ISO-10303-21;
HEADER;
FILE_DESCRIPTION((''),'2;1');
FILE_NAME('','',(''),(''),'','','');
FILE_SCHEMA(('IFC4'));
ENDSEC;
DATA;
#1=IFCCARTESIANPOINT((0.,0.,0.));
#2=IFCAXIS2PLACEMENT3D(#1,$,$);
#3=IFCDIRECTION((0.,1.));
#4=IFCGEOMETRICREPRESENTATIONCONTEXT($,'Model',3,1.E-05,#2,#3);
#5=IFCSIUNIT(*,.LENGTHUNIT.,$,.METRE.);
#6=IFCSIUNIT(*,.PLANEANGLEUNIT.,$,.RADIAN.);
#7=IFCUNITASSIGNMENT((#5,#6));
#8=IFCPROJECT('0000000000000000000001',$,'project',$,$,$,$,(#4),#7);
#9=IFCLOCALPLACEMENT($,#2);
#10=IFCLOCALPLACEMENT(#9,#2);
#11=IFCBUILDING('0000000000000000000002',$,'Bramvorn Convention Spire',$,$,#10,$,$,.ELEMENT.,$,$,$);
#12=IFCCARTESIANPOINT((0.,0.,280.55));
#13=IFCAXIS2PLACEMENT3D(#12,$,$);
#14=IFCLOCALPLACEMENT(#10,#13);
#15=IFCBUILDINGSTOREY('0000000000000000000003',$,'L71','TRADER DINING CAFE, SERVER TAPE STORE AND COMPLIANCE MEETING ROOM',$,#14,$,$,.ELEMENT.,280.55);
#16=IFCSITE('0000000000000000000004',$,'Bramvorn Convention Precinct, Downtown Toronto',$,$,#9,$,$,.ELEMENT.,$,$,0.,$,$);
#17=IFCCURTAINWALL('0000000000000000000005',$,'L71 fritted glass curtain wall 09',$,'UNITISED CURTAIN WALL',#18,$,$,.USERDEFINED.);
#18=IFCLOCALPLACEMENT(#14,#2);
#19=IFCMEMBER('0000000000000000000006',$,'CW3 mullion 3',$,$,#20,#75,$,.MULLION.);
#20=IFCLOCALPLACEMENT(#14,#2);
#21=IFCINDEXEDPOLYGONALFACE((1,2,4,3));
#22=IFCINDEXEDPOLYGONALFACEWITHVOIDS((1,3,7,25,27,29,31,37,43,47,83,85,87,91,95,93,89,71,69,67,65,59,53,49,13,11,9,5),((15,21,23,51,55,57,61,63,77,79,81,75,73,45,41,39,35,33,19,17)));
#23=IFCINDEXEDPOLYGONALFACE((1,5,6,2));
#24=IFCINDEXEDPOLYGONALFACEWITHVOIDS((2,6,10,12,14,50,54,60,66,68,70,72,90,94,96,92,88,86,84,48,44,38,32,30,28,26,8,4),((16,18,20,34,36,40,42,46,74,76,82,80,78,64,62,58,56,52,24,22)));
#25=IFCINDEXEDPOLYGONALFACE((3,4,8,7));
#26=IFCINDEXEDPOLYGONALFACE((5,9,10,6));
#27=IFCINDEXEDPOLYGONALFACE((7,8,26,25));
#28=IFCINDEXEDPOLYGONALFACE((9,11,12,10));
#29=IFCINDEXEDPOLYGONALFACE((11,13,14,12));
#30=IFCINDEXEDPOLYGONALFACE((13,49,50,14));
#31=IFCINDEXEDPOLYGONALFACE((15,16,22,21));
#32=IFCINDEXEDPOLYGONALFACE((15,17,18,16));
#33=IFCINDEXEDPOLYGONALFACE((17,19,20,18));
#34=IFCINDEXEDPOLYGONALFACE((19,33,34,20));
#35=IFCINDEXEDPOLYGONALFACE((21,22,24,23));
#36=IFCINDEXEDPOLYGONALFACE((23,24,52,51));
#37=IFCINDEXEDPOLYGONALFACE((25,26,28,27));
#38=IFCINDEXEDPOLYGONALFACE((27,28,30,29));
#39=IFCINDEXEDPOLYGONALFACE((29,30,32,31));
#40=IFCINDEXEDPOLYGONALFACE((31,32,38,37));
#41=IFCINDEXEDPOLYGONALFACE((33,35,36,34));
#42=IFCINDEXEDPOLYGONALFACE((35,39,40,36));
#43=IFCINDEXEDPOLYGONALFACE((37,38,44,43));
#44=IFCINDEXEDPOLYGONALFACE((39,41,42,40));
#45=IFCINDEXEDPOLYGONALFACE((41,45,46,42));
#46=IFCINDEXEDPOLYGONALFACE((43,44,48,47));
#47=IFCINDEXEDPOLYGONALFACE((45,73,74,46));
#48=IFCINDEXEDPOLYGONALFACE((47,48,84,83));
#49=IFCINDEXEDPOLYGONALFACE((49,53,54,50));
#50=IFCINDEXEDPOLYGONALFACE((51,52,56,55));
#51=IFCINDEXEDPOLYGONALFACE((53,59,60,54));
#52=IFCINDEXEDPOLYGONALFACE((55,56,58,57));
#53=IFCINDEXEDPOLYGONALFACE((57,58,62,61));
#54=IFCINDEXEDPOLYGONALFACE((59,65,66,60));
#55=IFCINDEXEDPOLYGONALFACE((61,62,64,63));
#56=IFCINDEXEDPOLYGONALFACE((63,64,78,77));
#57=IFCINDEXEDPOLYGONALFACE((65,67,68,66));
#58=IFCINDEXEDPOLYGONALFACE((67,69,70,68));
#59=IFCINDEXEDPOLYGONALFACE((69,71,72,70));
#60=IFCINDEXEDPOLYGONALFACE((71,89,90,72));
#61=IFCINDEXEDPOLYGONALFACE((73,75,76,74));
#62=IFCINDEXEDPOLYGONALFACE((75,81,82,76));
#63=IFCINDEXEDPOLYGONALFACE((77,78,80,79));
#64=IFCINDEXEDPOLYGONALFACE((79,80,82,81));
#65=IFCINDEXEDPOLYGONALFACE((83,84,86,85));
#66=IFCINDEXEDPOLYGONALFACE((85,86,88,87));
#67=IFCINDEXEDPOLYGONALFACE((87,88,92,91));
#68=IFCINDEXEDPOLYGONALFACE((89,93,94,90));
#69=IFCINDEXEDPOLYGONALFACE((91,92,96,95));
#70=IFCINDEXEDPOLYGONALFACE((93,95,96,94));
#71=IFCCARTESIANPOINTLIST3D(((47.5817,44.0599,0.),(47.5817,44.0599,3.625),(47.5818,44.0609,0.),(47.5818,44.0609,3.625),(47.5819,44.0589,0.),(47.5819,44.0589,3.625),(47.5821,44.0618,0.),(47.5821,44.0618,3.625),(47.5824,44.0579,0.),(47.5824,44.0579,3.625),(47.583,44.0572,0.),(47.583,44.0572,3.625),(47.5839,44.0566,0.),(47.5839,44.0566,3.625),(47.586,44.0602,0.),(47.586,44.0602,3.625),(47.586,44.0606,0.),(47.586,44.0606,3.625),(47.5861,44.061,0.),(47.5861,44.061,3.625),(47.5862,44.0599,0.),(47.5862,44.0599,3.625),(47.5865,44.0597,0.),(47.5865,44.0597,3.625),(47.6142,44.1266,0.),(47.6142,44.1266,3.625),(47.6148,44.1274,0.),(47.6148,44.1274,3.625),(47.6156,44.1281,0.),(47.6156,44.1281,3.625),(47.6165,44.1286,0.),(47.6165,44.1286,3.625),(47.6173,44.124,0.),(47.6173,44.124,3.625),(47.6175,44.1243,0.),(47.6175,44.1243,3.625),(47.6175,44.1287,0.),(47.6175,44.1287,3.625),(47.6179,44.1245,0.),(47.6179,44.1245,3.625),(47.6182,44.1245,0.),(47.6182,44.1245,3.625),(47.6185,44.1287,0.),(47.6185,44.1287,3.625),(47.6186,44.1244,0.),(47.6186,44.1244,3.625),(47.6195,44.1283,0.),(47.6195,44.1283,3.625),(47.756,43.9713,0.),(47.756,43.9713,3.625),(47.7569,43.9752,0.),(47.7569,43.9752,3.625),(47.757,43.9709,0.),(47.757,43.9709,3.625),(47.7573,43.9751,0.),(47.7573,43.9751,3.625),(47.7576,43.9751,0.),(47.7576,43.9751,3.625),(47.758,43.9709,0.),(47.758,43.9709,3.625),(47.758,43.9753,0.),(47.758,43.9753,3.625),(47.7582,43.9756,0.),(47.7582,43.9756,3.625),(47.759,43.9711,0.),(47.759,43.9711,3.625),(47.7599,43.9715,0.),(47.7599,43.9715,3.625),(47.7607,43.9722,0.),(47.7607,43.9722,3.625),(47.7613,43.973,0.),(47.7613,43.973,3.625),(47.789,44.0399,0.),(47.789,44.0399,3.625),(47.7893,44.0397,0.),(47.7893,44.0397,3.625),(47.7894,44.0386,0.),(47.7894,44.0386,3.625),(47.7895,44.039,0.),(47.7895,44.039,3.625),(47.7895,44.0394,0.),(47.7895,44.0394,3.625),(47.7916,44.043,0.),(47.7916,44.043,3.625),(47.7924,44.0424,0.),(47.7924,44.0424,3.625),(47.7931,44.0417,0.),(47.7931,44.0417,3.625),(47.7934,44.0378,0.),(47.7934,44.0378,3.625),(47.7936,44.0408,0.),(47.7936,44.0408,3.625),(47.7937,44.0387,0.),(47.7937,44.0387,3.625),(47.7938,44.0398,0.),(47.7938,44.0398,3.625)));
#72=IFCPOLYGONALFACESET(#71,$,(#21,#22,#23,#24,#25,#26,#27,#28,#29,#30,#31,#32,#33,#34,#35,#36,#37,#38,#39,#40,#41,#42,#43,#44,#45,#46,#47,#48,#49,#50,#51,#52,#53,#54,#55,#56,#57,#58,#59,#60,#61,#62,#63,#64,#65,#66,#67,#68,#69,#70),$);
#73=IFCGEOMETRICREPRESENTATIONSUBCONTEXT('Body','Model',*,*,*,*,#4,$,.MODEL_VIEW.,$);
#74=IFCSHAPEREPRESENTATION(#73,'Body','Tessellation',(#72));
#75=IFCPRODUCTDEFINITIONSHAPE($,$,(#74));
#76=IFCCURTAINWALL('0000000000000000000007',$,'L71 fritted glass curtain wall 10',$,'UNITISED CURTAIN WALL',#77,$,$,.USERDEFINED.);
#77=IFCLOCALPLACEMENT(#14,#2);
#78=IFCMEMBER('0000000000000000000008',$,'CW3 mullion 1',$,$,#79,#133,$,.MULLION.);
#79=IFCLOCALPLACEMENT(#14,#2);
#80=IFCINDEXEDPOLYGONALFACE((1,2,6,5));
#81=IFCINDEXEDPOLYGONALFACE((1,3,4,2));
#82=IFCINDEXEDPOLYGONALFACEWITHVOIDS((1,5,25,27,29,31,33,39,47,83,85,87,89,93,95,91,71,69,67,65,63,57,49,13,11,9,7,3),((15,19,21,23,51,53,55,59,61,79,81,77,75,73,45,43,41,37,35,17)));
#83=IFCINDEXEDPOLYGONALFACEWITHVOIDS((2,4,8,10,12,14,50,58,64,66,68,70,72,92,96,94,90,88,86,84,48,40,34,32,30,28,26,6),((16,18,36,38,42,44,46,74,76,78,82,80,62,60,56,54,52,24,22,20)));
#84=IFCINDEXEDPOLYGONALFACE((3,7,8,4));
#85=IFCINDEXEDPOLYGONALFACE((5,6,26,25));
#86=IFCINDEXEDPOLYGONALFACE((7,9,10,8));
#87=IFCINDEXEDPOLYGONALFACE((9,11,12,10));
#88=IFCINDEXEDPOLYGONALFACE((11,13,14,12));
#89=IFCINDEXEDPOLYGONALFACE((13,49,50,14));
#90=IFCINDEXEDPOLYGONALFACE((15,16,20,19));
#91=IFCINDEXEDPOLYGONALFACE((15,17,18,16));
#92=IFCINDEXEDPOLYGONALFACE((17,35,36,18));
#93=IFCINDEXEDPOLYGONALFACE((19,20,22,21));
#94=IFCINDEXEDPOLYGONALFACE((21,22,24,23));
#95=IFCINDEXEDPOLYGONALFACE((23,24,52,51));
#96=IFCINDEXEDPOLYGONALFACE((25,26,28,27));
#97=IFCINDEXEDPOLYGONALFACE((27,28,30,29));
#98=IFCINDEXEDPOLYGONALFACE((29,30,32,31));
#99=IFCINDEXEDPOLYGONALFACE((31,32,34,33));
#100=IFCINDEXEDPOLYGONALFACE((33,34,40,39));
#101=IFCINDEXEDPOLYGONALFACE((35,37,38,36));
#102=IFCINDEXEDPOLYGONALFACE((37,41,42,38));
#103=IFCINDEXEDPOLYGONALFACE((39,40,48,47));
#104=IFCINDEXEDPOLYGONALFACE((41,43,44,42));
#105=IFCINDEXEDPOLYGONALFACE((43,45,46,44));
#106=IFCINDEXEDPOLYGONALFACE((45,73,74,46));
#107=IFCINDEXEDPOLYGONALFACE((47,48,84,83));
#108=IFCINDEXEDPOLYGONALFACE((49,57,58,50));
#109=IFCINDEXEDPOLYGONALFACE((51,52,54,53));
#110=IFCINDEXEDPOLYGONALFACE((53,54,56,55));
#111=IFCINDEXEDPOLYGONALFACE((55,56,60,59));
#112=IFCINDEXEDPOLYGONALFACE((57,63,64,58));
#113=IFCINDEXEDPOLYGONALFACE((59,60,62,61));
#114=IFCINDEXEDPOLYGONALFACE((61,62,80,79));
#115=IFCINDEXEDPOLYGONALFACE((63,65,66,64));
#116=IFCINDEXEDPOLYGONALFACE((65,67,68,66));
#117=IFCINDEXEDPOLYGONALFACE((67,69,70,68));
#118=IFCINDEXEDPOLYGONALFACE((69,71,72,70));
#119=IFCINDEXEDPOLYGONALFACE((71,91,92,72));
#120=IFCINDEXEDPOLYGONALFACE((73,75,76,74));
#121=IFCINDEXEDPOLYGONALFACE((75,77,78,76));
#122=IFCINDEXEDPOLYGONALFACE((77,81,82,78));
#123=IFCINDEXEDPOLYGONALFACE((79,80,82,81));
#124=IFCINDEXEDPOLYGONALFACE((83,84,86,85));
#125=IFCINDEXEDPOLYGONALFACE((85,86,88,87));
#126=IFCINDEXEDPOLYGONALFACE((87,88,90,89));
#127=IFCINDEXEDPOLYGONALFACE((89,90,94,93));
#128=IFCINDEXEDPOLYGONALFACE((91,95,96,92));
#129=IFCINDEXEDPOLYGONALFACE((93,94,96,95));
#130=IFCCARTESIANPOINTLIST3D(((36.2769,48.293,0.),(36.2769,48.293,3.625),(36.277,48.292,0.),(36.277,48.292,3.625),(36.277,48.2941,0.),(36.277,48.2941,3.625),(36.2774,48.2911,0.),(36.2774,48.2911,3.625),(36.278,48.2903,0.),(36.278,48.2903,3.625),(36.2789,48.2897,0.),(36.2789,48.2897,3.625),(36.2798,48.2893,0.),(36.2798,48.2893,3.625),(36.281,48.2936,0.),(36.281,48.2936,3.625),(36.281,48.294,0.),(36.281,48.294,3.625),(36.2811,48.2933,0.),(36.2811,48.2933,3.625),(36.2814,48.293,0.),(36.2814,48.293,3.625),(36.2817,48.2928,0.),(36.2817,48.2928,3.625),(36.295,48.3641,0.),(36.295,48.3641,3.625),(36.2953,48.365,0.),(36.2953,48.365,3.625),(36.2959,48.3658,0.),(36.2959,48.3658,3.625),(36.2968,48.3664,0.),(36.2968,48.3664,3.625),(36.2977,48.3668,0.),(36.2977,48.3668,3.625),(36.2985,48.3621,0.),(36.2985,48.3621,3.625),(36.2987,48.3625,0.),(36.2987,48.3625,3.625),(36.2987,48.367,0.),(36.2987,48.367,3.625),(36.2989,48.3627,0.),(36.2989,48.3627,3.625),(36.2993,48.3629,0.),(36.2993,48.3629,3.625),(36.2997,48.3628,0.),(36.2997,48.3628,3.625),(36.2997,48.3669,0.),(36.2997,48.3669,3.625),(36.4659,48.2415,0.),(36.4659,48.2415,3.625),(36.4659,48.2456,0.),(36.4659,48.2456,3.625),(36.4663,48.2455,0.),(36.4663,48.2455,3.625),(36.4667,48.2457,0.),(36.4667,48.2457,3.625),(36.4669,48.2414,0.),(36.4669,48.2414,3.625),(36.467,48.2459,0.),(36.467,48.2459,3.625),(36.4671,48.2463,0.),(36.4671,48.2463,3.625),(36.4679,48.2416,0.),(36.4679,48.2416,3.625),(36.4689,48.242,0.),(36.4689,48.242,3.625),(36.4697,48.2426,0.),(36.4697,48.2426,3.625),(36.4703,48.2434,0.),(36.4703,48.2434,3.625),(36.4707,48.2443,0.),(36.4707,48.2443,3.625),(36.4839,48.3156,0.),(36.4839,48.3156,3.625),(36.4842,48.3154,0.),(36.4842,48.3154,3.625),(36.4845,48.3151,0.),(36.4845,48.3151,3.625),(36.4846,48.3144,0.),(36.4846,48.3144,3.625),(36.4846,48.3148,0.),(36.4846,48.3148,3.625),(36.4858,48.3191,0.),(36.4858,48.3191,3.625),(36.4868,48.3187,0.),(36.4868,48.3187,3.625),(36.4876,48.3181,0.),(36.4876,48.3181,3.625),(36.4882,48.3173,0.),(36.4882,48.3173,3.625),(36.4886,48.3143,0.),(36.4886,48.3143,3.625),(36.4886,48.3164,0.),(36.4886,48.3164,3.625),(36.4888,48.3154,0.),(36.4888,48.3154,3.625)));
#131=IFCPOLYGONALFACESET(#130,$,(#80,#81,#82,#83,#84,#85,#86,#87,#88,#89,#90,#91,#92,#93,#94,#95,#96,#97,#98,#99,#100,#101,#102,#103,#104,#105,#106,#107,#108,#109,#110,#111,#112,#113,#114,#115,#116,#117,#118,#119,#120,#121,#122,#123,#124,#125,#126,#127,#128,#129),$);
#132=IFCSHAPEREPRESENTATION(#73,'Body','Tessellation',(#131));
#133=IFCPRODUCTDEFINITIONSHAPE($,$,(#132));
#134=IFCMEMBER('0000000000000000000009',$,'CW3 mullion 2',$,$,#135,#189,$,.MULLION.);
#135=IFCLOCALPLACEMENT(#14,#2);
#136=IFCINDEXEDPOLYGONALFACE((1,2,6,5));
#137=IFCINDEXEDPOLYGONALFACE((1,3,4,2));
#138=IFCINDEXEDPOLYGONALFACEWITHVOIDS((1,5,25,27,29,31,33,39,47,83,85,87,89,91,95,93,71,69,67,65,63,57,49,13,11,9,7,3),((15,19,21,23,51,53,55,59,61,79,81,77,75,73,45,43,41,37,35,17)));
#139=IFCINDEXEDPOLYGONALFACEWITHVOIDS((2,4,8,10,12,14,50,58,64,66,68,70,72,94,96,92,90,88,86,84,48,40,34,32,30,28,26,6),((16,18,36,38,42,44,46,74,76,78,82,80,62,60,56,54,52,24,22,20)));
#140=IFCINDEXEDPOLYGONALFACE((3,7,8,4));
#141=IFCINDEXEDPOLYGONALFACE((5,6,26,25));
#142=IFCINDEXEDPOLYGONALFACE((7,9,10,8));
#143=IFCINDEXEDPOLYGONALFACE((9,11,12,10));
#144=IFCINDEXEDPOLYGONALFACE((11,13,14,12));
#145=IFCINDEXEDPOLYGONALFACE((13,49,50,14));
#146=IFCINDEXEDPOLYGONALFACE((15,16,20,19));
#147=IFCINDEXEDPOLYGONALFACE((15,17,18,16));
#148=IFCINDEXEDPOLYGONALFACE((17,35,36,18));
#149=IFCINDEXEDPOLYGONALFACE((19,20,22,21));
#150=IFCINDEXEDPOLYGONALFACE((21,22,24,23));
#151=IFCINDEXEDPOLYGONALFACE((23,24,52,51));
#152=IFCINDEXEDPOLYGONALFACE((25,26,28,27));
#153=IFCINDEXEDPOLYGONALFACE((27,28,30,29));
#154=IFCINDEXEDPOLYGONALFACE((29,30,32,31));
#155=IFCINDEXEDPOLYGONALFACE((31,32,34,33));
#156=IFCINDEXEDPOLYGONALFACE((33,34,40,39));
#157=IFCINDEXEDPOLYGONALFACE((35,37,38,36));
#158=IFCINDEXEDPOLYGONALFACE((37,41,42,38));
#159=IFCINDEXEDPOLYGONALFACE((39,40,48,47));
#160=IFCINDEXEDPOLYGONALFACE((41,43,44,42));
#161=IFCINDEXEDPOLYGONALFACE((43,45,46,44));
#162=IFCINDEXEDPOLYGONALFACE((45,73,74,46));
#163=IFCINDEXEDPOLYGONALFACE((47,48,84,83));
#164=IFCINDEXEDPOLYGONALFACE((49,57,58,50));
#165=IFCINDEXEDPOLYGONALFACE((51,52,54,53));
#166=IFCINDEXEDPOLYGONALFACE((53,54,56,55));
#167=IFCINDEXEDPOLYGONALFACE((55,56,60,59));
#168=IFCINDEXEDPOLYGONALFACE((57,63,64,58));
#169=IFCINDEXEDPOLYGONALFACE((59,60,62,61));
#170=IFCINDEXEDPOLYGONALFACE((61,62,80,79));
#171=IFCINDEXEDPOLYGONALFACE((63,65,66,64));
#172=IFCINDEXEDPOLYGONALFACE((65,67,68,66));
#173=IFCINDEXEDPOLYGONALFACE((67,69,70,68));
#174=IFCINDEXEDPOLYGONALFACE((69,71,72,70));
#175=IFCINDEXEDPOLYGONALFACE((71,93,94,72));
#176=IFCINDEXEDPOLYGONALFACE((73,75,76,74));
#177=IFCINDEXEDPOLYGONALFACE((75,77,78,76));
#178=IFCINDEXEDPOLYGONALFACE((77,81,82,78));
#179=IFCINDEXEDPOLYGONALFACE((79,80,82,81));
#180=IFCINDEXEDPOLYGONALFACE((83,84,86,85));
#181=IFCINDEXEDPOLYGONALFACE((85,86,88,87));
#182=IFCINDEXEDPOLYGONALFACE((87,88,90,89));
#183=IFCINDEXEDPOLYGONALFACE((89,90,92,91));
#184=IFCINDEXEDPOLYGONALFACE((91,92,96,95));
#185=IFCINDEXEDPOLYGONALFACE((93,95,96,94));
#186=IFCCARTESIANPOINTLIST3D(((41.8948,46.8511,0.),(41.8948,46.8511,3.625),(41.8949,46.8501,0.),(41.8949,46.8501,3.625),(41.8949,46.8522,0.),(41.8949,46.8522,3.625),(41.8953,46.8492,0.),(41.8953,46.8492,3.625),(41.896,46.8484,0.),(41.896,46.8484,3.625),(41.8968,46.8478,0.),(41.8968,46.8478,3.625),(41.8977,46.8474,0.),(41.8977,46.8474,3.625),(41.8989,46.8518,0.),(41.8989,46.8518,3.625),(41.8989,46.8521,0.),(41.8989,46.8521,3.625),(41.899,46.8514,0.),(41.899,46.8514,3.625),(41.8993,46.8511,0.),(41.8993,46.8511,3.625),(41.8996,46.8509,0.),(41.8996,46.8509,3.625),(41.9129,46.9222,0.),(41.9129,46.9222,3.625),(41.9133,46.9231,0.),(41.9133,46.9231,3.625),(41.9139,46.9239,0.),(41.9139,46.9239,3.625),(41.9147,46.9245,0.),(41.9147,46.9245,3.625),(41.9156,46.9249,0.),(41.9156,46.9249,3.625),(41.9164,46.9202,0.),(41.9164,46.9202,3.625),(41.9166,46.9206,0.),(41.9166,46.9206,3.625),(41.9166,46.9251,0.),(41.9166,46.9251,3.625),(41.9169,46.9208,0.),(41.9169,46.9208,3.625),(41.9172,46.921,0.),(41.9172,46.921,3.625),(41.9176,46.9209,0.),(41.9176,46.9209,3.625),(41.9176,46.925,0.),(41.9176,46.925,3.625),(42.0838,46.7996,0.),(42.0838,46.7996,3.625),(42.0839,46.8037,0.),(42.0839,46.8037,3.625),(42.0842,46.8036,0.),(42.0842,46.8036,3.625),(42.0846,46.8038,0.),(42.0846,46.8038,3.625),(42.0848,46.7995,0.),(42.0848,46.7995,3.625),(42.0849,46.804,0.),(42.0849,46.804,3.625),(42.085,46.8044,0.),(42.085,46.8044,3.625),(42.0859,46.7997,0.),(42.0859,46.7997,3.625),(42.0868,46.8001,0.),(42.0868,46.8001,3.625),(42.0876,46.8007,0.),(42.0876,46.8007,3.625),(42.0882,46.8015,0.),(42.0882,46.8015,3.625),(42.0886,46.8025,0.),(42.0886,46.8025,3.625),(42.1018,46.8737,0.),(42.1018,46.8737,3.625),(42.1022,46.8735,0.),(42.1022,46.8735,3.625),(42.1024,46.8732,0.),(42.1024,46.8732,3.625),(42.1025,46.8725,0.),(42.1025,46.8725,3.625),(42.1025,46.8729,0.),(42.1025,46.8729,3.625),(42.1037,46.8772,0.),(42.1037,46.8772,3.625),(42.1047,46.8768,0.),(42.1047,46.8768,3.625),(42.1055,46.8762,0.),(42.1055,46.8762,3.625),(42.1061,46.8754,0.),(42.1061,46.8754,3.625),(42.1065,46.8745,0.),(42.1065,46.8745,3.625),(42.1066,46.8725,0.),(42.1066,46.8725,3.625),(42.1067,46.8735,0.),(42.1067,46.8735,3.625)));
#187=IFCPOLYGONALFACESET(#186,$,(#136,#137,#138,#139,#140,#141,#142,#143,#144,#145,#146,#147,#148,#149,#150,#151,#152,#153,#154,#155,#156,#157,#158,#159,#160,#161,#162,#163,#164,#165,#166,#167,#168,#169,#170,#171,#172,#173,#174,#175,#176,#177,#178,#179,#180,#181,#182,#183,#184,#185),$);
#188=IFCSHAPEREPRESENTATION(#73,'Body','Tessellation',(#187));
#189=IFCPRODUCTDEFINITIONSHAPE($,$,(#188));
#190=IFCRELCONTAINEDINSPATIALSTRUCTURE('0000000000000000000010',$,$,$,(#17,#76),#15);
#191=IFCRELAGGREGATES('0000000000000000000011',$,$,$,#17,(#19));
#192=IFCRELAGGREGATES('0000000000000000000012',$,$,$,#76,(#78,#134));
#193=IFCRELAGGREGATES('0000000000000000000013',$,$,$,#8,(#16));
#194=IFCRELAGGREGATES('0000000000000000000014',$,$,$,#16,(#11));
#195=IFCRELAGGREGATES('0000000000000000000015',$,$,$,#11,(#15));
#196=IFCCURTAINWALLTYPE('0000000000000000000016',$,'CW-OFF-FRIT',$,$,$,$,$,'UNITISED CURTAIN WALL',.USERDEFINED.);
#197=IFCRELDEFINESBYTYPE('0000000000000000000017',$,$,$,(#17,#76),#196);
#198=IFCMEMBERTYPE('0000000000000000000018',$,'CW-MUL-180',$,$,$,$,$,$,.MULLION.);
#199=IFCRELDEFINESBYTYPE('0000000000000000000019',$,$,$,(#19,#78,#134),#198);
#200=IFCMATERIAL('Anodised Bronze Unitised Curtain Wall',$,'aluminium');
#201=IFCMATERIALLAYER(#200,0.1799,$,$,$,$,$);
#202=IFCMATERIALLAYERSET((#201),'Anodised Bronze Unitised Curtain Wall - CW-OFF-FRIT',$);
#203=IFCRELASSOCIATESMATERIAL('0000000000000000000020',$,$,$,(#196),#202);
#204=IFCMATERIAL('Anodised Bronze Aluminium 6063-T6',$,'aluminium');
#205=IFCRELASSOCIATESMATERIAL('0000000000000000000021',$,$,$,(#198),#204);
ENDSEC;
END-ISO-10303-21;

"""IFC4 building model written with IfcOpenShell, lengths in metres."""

from ifc_helpers import new_model, si_unit, direction, frame, origin, origin_2d, place, context, subcontext, project, spatial, hollow_rectangle, extrude, material, layer, layer_set, material_profile, profile_set, type_object, element, aggregate, save


model = new_model("IFC4")

# Units and contexts
model_context = context("Model", 3, precision=1e-05, world=origin(), true_north=direction((0.0, 1.0)))
body_context = subcontext(model_context, "Body", "Model", "MODEL_VIEW")
ifc_project = project(units=[si_unit("LENGTHUNIT", "METRE"), si_unit("PLANEANGLEUNIT", "RADIAN")], contexts=[model_context])

# Site, building, storey
site_placement = place(None, origin())
site = spatial("IfcSite", under=ifc_project, at=site_placement, Name="Bramvorn Convention Precinct, Downtown Toronto", CompositionType="ELEMENT", RefElevation=0.0)
building_placement = place(site_placement, origin())
building = spatial("IfcBuilding", under=site, at=building_placement, Name="Bramvorn Convention Spire", CompositionType="ELEMENT")
storey_placement = place(building_placement, frame((0.0, 0.0, 280.55)))
storey = spatial("IfcBuildingStorey", under=building, at=storey_placement, Name="L71", Description="TRADER DINING CAFE, SERVER TAPE STORE AND COMPLIANCE MEETING ROOM", CompositionType="ELEMENT", Elevation=280.55)

# Curtain walls, members
ifc_material_1 = material(Name="Anodised Bronze Unitised Curtain Wall", Category="aluminium")
ifc_layer_1 = layer(ifc_material_1, 0.1799)
ifc_layer_set_1 = layer_set([ifc_layer_1], Name="Anodised Bronze Unitised Curtain Wall - CW-OFF-FRIT")
curtain_wall_type = type_object("IfcCurtainWallType", Name="CW-OFF-FRIT", ElementType="UNITISED CURTAIN WALL", PredefinedType="USERDEFINED", material=ifc_layer_set_1)
curtain_wall_1_placement = place(storey_placement, origin())
curtain_wall_1 = element("IfcCurtainWall", 1, at=curtain_wall_1_placement, inside=storey, type_object=curtain_wall_type, Name="L71 fritted glass curtain wall 09", ObjectType="UNITISED CURTAIN WALL", PredefinedType="USERDEFINED")
ifc_material_2 = material(Name="Anodised Bronze Aluminium 6063-T6", Category="aluminium")
ifc_material_profile_1 = material_profile(ifc_material_2, hollow_rectangle(XDim=0.0801, YDim=0.2, WallThickness=0.0039, InnerFilletRadius=0.001, OuterFilletRadius=0.0039, at=origin_2d()))
ifc_profile_set_1 = profile_set([ifc_material_profile_1], Name="Anodised Bronze Aluminium 6063-T6 - CWM80X200")
member_type_1 = type_object("IfcMemberType", Name="CW-MUL-180", PredefinedType="MULLION", material=ifc_profile_set_1)
member_1_placement = place(storey_placement, frame((47.6877, 44.0498, 0.0), z_axis=(0.0, 0.0, 1.0), x_axis=(0.444179, 0.895938, 0.0)))
member_1 = element("IfcMember", 2, at=member_1_placement, type_object=member_type_1, Name="CW3 mullion 3", PredefinedType="MULLION", context=body_context, shape_type="SweptSolid", body=[
    extrude(hollow_rectangle(XDim=0.0801, YDim=0.2, WallThickness=0.0039, InnerFilletRadius=0.001, OuterFilletRadius=0.0039, at=origin_2d()), origin(), (0.0, 0.0, 1.0), 3.625),
])
curtain_wall_2_placement = place(storey_placement, origin())
curtain_wall_2 = element("IfcCurtainWall", 3, at=curtain_wall_2_placement, inside=storey, type_object=curtain_wall_type, Name="L71 fritted glass curtain wall 10", ObjectType="UNITISED CURTAIN WALL", PredefinedType="USERDEFINED")
member_2_placement = place(storey_placement, frame((36.3828, 48.3042, 0.0), z_axis=(0.0, 0.0, 1.0), x_axis=(0.248586, 0.96861, 0.0)))
member_2 = element("IfcMember", 4, at=member_2_placement, type_object=member_type_1, Name="CW3 mullion 1", PredefinedType="MULLION", context=body_context, shape_type="SweptSolid", body=[
    extrude(hollow_rectangle(XDim=0.0801, YDim=0.2, WallThickness=0.0039, InnerFilletRadius=0.001, OuterFilletRadius=0.0039, at=origin_2d()), origin(), (0.0, 0.0, 1.0), 3.625),
])
member_3_placement = place(storey_placement, frame((42.0007, 46.8623, 0.0), z_axis=(0.0, 0.0, 1.0), x_axis=(0.248586, 0.96861, 0.0)))
member_3 = element("IfcMember", 5, at=member_3_placement, type_object=member_type_1, Name="CW3 mullion 2", PredefinedType="MULLION", context=body_context, shape_type="SweptSolid", body=[
    extrude(hollow_rectangle(XDim=0.0801, YDim=0.2, WallThickness=0.0039, InnerFilletRadius=0.001, OuterFilletRadius=0.0039, at=origin_2d()), origin(), (0.0, 0.0, 1.0), 3.625),
])

aggregate(curtain_wall_1, [member_1])
aggregate(curtain_wall_2, [member_2, member_3])

save(model, "model.ifc")
